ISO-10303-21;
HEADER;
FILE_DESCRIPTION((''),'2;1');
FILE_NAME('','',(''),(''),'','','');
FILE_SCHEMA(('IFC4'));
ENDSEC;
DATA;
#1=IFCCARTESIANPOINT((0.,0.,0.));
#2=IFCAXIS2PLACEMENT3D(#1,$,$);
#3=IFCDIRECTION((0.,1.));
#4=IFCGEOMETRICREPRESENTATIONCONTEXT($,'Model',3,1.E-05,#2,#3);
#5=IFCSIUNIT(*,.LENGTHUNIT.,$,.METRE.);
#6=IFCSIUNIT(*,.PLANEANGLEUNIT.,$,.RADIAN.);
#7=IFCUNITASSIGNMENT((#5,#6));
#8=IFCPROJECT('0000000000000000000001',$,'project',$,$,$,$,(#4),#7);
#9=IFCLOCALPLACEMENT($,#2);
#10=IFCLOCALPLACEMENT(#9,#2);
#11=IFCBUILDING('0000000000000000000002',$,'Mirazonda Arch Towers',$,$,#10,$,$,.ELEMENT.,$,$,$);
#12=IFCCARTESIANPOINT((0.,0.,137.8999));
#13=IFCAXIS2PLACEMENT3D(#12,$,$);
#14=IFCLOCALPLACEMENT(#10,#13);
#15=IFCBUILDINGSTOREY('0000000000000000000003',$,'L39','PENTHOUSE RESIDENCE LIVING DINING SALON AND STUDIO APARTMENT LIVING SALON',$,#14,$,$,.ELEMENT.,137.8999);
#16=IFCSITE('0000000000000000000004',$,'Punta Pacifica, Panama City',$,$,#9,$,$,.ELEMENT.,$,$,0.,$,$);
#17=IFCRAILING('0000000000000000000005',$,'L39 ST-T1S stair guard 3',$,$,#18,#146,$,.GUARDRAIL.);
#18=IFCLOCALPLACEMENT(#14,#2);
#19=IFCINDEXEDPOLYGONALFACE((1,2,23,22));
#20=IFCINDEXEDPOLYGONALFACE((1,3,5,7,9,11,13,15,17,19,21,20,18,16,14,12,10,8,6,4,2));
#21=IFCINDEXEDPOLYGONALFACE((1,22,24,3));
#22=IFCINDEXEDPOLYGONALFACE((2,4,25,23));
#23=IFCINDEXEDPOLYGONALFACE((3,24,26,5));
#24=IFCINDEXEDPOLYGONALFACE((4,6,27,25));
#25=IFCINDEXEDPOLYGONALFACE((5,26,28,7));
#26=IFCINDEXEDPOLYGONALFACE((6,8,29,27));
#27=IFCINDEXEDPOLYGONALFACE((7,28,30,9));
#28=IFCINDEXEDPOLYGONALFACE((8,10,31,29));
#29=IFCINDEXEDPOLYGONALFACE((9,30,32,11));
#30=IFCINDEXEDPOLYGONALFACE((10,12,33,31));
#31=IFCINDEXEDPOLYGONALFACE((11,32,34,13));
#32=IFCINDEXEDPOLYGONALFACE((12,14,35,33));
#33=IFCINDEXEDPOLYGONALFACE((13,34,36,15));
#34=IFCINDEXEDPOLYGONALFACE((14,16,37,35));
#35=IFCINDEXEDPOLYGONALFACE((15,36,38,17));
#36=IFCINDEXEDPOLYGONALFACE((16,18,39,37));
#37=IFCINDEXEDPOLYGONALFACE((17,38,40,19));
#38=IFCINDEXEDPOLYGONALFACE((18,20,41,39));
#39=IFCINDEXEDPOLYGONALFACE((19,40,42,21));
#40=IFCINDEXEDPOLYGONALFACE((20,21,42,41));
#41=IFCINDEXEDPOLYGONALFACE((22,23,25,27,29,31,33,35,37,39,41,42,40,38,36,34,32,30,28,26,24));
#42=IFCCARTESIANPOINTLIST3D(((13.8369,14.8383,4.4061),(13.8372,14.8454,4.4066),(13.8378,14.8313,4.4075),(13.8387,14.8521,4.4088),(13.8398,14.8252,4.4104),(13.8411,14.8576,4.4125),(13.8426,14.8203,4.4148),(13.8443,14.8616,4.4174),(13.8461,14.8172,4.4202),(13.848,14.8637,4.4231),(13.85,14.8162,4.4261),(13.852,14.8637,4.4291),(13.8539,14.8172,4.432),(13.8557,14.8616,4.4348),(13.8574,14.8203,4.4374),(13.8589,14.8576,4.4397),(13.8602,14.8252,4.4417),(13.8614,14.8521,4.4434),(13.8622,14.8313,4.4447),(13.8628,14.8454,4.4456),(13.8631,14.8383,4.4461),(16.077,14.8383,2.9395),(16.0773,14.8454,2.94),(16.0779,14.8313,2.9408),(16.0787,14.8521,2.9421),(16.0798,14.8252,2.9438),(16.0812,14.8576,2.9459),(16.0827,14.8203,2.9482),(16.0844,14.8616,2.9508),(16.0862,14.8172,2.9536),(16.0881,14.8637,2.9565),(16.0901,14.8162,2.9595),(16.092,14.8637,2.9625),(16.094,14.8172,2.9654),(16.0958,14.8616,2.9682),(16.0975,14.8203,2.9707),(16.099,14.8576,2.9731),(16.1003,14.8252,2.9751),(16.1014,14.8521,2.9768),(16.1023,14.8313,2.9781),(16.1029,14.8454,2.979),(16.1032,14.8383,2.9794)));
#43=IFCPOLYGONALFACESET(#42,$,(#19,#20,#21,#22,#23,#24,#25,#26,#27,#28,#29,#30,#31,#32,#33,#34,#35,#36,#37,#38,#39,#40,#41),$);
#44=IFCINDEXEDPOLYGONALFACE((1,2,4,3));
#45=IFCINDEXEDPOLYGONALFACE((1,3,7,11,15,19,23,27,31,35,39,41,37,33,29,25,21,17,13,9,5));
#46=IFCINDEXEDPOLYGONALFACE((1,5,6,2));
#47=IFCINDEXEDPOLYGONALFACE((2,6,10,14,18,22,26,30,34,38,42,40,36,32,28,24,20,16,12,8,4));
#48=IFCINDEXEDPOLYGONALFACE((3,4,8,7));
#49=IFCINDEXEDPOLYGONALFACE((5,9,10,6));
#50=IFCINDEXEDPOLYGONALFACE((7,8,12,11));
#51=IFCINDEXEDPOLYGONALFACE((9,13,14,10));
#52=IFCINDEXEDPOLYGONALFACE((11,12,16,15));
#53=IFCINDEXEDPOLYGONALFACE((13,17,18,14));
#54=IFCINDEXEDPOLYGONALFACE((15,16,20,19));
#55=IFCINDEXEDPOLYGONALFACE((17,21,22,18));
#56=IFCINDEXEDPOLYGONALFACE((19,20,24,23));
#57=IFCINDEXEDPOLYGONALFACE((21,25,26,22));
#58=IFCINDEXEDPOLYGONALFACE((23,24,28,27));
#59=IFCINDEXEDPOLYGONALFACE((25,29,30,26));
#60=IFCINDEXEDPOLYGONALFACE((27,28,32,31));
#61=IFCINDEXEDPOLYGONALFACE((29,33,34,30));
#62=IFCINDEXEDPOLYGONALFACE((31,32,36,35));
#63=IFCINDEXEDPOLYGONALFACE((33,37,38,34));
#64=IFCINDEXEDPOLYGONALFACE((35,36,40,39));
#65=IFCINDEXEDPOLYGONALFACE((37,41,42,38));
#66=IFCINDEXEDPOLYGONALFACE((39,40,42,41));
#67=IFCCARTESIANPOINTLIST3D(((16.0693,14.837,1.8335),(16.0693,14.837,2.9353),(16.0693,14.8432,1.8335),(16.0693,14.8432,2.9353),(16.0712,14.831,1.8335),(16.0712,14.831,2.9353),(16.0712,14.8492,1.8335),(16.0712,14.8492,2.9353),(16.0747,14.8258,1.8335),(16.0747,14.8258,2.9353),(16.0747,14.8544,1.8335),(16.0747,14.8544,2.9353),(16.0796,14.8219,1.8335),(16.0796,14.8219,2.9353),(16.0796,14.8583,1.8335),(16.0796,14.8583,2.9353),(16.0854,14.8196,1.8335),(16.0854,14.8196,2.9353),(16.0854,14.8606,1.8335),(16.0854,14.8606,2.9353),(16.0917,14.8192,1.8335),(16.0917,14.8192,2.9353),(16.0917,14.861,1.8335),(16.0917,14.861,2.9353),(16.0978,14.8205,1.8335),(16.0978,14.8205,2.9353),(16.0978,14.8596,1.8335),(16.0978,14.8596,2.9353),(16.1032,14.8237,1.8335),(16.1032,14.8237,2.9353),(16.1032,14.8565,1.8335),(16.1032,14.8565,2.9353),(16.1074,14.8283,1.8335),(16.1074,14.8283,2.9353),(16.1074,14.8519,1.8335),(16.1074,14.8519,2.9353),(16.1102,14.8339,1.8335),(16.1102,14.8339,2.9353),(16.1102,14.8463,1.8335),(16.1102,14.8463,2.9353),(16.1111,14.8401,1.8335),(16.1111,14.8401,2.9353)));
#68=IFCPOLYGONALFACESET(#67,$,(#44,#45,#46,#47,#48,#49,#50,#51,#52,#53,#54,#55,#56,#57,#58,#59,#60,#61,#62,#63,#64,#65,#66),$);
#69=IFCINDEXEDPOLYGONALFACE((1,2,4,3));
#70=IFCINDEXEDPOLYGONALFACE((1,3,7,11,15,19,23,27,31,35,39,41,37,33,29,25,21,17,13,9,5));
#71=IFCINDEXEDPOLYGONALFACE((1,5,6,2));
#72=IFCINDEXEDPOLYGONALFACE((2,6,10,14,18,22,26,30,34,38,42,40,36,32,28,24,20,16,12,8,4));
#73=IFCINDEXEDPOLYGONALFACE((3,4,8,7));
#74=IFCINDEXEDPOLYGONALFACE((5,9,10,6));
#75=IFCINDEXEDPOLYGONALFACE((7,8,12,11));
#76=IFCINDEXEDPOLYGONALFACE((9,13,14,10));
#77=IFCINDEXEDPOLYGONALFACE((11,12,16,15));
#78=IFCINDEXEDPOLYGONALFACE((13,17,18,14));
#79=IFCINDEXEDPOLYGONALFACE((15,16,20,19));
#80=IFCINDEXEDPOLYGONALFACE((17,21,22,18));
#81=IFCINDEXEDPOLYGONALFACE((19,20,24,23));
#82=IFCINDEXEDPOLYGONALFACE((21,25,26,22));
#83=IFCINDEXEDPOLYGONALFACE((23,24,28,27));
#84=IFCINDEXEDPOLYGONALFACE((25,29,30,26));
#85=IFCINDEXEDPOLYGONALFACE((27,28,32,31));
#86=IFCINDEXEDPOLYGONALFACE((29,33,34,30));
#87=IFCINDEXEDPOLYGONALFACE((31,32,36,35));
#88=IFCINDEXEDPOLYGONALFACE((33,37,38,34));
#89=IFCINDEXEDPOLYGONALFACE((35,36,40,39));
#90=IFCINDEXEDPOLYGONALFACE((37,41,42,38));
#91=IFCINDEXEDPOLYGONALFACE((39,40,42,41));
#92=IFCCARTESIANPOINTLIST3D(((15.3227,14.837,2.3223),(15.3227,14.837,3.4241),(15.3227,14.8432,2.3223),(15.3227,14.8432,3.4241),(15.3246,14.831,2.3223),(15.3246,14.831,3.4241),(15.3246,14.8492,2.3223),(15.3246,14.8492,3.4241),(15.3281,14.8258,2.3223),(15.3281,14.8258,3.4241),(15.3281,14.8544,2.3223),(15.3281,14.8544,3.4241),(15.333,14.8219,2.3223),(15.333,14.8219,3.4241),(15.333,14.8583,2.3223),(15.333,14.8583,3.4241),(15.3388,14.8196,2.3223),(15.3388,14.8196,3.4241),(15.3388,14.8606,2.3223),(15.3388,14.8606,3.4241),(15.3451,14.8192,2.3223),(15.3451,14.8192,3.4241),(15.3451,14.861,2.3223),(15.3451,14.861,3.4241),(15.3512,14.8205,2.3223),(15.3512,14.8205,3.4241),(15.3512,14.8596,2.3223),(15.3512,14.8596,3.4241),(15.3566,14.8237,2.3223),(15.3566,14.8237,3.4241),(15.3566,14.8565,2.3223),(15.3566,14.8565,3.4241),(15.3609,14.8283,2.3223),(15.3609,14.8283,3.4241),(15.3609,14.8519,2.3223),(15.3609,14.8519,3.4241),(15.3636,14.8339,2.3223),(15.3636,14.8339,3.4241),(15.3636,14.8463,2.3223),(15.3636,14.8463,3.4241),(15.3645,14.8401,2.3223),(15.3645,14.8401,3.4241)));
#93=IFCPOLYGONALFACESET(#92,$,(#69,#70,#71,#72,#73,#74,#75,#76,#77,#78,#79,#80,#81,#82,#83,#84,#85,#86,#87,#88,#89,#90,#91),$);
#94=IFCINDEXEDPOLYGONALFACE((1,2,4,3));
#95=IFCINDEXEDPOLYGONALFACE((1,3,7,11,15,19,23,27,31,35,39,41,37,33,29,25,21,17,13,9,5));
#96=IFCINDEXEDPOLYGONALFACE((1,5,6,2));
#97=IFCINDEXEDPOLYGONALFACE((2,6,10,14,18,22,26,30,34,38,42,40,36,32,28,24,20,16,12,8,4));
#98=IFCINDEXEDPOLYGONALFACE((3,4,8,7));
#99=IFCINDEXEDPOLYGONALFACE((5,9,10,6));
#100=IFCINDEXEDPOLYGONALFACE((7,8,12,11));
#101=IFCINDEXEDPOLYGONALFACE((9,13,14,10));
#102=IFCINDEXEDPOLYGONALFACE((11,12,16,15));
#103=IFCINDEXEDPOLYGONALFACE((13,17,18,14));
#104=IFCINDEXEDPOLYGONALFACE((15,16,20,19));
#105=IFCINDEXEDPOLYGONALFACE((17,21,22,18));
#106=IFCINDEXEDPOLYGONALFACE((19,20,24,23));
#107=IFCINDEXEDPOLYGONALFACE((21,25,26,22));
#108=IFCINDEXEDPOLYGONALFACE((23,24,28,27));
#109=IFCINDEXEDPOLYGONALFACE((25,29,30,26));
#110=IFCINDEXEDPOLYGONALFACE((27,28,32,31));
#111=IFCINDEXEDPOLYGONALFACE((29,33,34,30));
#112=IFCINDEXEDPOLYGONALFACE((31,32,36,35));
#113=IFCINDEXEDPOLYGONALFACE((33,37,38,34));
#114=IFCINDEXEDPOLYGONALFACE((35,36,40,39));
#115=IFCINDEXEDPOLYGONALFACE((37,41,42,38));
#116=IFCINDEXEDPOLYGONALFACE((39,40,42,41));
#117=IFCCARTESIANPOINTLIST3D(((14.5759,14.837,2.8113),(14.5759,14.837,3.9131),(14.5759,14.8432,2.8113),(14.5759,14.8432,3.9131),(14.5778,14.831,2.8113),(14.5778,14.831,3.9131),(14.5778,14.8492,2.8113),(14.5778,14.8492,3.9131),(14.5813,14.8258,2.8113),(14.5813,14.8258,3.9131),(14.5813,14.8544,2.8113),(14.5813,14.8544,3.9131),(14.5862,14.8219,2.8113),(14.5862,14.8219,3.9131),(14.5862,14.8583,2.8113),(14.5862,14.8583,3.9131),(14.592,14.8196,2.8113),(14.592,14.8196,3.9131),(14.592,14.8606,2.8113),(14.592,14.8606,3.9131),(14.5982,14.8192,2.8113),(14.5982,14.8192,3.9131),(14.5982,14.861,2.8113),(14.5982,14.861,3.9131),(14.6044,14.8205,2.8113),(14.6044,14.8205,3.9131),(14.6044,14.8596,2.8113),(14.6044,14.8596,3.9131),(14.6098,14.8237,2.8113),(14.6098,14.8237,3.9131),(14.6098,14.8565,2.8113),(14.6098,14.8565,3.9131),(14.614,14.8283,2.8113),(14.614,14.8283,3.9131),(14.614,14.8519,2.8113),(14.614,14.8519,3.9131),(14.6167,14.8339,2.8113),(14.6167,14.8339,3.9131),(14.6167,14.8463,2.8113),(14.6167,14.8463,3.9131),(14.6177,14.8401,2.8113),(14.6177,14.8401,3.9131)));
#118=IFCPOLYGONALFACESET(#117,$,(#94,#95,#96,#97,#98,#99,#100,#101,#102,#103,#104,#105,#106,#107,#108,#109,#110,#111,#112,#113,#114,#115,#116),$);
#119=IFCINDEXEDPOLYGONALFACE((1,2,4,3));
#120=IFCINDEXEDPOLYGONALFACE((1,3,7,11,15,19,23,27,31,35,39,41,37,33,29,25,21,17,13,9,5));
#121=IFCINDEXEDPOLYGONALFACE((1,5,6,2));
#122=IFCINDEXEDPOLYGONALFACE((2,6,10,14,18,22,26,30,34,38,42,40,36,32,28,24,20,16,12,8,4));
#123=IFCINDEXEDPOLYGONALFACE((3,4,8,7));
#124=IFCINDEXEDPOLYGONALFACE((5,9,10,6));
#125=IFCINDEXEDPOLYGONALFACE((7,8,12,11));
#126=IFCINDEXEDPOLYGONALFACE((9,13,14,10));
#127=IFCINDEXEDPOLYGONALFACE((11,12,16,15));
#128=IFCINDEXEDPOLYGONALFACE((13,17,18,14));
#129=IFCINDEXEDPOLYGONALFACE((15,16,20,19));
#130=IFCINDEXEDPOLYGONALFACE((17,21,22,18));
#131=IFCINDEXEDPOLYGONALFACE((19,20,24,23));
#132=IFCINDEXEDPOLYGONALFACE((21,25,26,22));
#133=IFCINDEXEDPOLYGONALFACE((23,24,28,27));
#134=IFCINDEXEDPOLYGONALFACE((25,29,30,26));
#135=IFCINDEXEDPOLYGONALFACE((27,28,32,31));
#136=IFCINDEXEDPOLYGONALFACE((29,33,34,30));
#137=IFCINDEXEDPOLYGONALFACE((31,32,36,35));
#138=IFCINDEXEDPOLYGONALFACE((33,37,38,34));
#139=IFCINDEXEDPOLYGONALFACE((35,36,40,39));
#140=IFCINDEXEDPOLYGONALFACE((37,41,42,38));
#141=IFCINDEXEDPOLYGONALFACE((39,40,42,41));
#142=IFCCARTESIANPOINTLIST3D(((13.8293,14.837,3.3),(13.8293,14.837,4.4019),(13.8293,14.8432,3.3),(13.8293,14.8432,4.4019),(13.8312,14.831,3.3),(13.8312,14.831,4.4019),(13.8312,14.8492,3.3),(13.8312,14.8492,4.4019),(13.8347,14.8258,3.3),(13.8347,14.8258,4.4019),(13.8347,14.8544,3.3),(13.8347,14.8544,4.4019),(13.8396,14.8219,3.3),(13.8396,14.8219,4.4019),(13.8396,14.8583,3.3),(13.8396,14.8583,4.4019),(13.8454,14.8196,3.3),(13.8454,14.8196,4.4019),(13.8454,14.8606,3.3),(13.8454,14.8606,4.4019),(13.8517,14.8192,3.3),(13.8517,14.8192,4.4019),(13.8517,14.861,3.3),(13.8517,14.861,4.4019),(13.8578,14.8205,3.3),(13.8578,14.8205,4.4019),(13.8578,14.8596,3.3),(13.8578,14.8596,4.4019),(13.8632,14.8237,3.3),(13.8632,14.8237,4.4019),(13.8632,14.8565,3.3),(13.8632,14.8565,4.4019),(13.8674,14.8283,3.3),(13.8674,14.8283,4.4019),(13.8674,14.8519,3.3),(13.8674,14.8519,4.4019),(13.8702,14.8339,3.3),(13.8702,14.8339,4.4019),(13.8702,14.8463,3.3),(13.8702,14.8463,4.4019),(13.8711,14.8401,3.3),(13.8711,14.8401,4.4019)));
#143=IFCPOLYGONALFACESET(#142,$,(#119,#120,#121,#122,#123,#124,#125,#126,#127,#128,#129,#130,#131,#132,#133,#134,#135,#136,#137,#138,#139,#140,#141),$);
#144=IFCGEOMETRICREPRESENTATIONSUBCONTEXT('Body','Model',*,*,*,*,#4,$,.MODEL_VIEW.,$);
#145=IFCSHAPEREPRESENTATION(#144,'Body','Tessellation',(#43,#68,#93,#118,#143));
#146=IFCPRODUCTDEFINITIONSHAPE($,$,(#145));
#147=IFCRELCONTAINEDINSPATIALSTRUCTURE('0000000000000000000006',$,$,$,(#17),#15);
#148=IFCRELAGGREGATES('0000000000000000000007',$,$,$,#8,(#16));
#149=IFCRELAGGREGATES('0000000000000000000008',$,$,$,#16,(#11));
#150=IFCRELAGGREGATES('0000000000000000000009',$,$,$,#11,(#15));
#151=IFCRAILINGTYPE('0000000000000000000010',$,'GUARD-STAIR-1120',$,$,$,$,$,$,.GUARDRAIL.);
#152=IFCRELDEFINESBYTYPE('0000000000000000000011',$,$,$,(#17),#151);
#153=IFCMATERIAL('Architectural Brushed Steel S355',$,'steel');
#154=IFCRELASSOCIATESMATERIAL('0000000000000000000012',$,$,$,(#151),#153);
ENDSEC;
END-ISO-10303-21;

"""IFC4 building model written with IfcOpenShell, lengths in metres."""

from ifc_helpers import new_model, si_unit, direction, frame, origin, origin_2d, place, context, subcontext, project, spatial, circle, extrude, material, type_object, element, save


model = new_model("IFC4")

# Units and contexts
model_context = context("Model", 3, precision=1e-05, world=origin(), true_north=direction((0.0, 1.0)))
body_context = subcontext(model_context, "Body", "Model", "MODEL_VIEW")
ifc_project = project(units=[si_unit("LENGTHUNIT", "METRE"), si_unit("PLANEANGLEUNIT", "RADIAN")], contexts=[model_context])

# Site, building, storey
site_placement = place(None, origin())
site = spatial("IfcSite", under=ifc_project, at=site_placement, Name="Punta Pacifica, Panama City", CompositionType="ELEMENT", RefElevation=0.0)
building_placement = place(site_placement, origin())
building = spatial("IfcBuilding", under=site, at=building_placement, Name="Mirazonda Arch Towers", CompositionType="ELEMENT")
storey_placement = place(building_placement, frame((0.0, 0.0, 137.8999)))
storey = spatial("IfcBuildingStorey", under=building, at=storey_placement, Name="L39", Description="PENTHOUSE RESIDENCE LIVING DINING SALON AND STUDIO APARTMENT LIVING SALON", CompositionType="ELEMENT", Elevation=137.8999)

# Shared definitions
ifc_material_1 = material(Name="Architectural Brushed Steel S355", Category="steel")

# Railing
railing_type_1 = type_object("IfcRailingType", Name="GUARD-STAIR-1120", PredefinedType="GUARDRAIL", material=ifc_material_1)
railing_1_placement = place(storey_placement, frame((16.0901, 14.8401, 1.8335)))
element("IfcRailing", 1, at=railing_1_placement, inside=storey, type_object=railing_type_1, Name="L39 ST-T1S stair guard 3", PredefinedType="GUARDRAIL", context=body_context, shape_type="SweptSolid", body=[
    extrude(circle(Radius=0.0239, at=origin_2d()), frame((0.0, 0.0, 1.126), z_axis=(-0.836637, 0.0, 0.547758), x_axis=(0.0, -1.0, 0.0)), (0.0, 0.0, 1.0), 2.6775),
    extrude(circle(Radius=0.021, at=origin_2d()), origin(), (0.0, 0.0, 1.0), 1.1018),
    extrude(circle(Radius=0.021, at=origin_2d()), frame((-0.7466, 0.0, 0.4888)), (0.0, 0.0, 1.0), 1.1018),
    extrude(circle(Radius=0.021, at=origin_2d()), frame((-1.4934, 0.0, 0.9778)), (0.0, 0.0, 1.0), 1.1018),
    extrude(circle(Radius=0.021, at=origin_2d()), frame((-2.24, 0.0, 1.4666)), (0.0, 0.0, 1.0), 1.1018),
])

save(model, "model.ifc")
